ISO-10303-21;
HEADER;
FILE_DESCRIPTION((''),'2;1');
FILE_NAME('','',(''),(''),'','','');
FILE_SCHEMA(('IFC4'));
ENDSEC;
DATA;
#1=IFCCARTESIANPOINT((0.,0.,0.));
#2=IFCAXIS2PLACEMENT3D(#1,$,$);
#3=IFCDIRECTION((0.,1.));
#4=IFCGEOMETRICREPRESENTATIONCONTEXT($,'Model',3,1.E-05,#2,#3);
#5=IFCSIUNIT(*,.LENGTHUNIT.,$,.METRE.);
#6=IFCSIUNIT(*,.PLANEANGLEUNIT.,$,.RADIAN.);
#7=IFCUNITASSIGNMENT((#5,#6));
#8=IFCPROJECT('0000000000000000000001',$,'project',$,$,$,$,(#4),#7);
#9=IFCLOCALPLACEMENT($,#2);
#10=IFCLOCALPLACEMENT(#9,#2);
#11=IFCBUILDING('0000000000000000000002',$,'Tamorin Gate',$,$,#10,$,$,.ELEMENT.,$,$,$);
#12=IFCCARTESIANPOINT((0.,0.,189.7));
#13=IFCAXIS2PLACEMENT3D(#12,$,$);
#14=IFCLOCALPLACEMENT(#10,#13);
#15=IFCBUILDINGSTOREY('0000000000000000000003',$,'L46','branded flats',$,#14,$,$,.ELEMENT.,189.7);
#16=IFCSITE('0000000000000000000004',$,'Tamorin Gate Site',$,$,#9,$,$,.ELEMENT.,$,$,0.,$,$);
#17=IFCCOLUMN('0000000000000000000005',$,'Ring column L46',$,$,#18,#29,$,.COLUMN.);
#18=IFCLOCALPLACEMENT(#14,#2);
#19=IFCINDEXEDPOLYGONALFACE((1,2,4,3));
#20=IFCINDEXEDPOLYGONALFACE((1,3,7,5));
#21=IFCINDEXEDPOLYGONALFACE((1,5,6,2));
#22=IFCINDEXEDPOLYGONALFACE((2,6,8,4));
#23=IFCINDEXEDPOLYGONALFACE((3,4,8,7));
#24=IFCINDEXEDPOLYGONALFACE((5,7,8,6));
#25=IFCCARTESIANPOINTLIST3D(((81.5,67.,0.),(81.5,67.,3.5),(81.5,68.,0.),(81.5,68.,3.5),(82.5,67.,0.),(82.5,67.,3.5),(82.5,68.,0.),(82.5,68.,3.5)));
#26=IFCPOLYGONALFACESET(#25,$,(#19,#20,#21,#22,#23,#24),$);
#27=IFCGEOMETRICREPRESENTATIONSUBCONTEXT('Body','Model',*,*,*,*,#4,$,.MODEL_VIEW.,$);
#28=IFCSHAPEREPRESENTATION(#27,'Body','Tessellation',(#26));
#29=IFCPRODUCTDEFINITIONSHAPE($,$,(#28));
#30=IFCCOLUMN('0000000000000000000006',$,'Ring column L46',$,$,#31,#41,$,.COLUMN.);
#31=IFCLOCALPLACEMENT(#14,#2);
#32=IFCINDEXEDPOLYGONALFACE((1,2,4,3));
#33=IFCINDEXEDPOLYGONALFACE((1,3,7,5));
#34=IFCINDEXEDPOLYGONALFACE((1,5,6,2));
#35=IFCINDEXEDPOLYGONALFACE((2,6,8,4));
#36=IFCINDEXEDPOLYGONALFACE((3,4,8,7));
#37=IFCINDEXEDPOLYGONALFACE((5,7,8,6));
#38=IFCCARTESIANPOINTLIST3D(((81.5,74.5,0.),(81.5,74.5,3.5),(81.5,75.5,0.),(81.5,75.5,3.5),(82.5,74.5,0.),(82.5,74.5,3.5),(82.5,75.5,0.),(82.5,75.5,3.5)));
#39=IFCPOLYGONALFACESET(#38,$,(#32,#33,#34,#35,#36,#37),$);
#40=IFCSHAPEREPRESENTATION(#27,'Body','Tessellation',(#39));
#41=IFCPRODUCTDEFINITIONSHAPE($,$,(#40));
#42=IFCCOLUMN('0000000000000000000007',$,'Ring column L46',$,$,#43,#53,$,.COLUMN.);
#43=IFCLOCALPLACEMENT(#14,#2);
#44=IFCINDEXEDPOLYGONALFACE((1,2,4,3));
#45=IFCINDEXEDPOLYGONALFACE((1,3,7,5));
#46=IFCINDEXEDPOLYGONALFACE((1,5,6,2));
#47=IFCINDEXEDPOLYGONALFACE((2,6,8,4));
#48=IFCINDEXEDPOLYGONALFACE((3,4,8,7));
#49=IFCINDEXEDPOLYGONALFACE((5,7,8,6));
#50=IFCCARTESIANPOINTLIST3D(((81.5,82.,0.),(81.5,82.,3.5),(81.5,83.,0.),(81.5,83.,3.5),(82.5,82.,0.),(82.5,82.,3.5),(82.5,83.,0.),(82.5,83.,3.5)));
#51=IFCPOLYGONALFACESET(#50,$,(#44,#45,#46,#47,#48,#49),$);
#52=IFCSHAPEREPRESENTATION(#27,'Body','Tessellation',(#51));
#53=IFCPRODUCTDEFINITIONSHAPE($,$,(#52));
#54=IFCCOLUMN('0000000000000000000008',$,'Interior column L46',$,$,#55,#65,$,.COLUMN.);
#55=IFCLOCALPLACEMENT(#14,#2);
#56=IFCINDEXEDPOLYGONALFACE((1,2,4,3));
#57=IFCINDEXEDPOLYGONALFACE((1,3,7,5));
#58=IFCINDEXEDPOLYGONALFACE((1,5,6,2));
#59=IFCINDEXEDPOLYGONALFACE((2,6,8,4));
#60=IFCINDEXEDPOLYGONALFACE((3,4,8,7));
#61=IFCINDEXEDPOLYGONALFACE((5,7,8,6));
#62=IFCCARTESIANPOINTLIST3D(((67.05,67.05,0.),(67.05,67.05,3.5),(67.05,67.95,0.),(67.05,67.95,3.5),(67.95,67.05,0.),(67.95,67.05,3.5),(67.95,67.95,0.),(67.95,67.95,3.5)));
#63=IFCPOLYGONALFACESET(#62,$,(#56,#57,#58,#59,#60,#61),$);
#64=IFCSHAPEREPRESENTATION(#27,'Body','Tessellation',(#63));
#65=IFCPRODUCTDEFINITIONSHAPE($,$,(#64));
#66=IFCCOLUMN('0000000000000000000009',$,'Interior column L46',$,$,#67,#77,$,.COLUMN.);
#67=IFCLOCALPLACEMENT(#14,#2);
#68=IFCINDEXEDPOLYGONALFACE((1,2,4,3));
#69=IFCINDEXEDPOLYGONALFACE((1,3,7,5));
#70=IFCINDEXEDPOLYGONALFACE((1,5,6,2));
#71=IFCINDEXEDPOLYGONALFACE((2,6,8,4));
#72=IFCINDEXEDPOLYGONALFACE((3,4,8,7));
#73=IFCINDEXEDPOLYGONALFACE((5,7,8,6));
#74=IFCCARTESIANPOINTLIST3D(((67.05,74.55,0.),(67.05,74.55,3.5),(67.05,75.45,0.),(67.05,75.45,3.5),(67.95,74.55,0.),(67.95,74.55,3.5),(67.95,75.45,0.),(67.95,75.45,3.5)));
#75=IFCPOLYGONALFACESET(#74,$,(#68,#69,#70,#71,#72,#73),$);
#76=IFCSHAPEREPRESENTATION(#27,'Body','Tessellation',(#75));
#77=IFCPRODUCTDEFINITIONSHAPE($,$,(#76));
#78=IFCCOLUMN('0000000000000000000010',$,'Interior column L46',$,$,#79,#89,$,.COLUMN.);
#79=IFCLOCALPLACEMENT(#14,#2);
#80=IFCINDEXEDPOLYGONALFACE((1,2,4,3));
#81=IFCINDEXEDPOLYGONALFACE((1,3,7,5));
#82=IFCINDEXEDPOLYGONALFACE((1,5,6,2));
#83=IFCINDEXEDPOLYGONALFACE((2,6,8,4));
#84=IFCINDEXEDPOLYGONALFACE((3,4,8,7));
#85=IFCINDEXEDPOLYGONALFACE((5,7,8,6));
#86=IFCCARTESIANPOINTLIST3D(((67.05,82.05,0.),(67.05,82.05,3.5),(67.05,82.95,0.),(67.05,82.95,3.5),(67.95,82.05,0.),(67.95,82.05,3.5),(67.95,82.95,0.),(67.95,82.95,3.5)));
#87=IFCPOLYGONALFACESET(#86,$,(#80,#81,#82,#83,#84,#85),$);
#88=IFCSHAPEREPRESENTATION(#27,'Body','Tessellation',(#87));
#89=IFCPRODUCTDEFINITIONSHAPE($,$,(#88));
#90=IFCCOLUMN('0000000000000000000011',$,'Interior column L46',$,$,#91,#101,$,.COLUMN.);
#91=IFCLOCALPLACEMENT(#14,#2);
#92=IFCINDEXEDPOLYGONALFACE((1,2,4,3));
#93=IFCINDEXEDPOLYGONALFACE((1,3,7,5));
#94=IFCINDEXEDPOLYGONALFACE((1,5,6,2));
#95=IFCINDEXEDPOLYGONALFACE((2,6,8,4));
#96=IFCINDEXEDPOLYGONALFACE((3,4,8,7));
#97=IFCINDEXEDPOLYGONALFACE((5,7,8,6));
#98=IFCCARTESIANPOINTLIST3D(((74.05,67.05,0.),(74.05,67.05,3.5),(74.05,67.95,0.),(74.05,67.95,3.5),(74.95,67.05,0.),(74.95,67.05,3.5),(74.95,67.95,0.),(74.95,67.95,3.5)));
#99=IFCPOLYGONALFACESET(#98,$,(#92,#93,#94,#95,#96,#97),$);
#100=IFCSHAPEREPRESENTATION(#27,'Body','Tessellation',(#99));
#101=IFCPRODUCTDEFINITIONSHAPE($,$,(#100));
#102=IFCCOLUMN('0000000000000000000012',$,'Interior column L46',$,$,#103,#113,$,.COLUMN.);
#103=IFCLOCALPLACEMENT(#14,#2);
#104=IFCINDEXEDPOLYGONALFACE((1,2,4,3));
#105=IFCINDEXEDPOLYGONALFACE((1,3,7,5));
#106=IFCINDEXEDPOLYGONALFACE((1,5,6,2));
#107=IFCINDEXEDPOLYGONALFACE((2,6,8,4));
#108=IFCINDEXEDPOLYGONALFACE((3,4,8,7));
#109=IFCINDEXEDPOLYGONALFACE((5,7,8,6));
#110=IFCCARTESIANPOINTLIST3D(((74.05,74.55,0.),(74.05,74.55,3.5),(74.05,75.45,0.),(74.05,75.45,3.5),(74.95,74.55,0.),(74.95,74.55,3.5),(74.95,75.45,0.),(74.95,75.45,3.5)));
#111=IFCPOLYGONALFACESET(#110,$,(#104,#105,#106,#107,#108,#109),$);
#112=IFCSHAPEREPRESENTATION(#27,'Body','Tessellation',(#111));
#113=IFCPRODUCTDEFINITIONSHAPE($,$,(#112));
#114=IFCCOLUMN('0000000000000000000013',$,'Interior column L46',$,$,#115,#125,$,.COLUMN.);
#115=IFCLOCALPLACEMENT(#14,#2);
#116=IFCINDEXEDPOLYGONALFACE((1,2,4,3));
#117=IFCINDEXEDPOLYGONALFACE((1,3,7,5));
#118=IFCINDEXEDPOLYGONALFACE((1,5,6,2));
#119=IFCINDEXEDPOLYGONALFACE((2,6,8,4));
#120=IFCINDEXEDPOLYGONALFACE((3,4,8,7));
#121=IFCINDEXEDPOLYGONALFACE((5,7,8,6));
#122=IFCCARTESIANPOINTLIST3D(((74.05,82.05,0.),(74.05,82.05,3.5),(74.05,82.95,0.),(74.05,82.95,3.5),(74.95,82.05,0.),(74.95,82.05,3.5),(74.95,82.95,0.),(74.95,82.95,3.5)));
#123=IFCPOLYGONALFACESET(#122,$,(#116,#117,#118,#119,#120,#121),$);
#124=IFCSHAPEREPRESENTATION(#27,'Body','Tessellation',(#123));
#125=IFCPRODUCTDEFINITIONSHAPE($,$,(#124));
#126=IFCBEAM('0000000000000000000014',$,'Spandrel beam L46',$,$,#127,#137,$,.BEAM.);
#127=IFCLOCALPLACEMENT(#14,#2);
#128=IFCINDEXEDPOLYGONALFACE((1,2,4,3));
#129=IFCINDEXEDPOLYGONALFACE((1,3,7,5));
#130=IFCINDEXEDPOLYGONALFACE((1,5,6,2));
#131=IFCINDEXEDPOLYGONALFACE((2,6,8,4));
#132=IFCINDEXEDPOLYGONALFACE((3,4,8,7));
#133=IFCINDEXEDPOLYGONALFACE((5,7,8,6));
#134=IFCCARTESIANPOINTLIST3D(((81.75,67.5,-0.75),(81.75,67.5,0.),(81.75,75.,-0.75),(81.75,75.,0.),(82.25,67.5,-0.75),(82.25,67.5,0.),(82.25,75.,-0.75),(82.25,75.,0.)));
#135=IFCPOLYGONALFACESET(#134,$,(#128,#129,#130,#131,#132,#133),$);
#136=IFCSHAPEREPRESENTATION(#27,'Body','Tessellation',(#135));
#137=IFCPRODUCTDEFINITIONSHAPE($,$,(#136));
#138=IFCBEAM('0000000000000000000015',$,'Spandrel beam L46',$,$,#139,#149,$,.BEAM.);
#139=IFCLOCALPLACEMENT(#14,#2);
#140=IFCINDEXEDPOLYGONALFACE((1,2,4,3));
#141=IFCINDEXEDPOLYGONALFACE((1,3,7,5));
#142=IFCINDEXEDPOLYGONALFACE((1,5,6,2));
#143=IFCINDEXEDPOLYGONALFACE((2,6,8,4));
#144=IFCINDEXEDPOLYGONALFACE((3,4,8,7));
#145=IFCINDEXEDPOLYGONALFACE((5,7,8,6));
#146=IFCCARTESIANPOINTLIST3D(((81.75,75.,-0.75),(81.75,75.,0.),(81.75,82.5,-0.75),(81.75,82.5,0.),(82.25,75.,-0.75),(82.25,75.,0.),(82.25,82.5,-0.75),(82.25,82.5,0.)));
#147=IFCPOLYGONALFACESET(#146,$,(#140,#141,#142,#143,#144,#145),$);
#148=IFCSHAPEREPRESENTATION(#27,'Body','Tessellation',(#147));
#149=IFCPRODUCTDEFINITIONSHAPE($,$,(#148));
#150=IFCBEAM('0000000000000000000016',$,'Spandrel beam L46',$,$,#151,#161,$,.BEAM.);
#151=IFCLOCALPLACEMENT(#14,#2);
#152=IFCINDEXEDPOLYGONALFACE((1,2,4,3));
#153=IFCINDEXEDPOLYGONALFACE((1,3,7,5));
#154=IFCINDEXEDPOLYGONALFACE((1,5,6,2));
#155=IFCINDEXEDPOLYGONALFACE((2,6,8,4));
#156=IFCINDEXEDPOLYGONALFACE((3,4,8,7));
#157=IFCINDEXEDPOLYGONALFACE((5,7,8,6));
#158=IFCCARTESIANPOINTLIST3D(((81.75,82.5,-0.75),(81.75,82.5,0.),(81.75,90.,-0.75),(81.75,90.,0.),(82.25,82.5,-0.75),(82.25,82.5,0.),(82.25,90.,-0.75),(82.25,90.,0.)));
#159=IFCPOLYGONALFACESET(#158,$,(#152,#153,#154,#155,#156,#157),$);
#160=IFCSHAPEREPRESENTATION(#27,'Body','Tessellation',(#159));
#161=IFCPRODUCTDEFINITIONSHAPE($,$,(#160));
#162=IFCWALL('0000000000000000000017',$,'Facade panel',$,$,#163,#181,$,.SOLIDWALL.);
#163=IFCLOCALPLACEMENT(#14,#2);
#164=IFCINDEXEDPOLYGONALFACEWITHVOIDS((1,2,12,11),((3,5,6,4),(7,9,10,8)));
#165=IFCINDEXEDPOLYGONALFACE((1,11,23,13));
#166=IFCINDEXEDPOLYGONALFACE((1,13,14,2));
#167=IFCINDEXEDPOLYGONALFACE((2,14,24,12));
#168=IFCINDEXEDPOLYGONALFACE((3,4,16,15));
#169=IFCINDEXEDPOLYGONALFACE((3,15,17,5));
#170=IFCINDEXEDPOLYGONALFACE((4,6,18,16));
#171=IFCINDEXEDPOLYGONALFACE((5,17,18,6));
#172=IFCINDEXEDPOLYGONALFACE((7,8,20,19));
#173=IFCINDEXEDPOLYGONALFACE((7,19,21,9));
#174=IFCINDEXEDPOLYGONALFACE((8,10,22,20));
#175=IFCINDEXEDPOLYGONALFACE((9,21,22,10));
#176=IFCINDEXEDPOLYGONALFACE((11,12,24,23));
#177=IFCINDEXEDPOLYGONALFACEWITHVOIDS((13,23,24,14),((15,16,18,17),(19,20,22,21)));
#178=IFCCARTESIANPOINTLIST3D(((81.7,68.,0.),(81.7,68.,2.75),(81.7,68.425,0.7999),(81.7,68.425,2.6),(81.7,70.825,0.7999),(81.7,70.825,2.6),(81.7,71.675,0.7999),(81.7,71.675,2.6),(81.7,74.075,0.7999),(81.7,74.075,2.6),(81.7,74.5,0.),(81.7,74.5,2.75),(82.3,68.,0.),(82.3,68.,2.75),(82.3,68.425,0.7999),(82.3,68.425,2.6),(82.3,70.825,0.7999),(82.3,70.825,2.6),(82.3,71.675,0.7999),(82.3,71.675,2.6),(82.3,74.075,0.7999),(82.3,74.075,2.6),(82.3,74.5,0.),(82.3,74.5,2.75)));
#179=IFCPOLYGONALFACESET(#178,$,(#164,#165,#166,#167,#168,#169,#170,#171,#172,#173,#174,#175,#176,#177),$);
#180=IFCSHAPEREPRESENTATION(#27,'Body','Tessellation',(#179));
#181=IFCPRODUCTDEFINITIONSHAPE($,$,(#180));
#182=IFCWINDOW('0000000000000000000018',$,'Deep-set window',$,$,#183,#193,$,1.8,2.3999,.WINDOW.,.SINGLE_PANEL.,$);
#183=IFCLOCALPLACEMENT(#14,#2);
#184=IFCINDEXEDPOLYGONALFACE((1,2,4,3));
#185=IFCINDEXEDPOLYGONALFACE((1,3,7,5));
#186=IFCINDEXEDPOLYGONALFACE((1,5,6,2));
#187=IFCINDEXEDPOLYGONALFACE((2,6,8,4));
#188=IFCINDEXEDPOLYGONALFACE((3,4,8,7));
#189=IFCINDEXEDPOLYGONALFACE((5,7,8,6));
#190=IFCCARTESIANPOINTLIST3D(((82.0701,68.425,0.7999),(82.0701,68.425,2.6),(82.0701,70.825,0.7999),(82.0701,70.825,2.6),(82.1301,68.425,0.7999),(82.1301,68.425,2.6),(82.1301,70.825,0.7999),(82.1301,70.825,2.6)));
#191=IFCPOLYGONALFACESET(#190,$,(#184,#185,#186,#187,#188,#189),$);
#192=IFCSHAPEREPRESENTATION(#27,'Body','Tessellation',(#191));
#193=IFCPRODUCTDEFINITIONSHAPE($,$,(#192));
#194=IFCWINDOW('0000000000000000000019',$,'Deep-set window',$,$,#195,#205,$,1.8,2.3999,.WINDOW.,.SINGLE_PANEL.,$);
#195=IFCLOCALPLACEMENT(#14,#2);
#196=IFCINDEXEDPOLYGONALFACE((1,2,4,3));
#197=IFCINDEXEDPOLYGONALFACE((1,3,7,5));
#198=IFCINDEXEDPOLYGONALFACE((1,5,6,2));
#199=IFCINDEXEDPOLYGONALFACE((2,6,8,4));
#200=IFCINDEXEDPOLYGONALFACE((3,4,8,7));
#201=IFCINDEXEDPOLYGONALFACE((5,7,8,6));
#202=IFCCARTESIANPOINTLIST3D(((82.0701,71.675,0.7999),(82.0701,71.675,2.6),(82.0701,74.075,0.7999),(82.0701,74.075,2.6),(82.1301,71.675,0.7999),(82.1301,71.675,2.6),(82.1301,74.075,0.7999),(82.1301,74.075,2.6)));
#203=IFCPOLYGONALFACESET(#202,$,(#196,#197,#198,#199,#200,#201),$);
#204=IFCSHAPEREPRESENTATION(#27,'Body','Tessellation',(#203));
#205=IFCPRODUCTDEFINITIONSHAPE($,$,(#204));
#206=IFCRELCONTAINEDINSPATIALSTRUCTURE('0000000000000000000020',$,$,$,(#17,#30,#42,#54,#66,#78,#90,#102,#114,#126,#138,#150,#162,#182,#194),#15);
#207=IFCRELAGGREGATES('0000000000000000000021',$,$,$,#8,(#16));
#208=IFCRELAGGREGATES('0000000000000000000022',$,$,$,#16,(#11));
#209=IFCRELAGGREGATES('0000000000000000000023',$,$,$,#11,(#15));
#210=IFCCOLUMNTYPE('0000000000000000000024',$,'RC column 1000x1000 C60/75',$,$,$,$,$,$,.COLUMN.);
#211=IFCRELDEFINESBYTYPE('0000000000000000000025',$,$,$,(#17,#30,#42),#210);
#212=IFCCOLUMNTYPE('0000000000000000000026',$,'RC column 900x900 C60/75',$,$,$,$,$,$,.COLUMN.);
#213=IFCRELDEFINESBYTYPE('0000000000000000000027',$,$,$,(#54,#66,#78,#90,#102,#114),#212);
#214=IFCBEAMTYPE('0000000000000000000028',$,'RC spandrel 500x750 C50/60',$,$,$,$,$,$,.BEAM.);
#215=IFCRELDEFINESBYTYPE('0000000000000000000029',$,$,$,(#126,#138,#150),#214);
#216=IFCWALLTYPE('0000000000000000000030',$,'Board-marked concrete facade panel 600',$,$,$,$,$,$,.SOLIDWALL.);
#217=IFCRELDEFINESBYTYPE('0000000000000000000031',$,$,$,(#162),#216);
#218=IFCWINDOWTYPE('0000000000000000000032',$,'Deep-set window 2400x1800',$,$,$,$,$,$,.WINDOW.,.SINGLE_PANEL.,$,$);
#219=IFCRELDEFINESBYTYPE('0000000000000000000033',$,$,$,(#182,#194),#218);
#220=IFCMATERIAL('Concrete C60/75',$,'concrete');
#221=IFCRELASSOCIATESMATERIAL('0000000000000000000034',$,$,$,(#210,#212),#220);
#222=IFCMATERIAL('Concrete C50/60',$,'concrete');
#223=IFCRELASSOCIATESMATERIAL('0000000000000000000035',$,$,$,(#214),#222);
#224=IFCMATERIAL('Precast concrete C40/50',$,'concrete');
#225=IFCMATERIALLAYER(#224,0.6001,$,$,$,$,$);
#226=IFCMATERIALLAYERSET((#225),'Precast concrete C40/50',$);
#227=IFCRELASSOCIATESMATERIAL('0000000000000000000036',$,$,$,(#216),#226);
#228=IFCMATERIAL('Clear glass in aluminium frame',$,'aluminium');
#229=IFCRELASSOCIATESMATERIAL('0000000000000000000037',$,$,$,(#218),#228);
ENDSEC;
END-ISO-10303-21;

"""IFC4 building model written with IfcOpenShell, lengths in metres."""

from ifc_helpers import new_model, si_unit, direction, frame, frame_2d, origin, origin_2d, place, context, subcontext, project, spatial, rectangle, extrude, material, layer, layer_set, material_profile, profile_set, type_object, element, fill, save


model = new_model("IFC4")

# Units and contexts
model_context = context("Model", 3, precision=1e-05, world=origin(), true_north=direction((0.0, 1.0)))
body_context = subcontext(model_context, "Body", "Model", "MODEL_VIEW")
ifc_project = project(units=[si_unit("LENGTHUNIT", "METRE"), si_unit("PLANEANGLEUNIT", "RADIAN")], contexts=[model_context])

# Site, building, storey
site_placement = place(None, origin())
site = spatial("IfcSite", under=ifc_project, at=site_placement, Name="Tamorin Gate Site", CompositionType="ELEMENT", RefElevation=0.0)
building_placement = place(site_placement, origin())
building = spatial("IfcBuilding", under=site, at=building_placement, Name="Tamorin Gate", CompositionType="ELEMENT")
storey_placement = place(building_placement, frame((0.0, 0.0, 189.7)))
storey = spatial("IfcBuildingStorey", under=building, at=storey_placement, Name="L46", Description="branded flats", CompositionType="ELEMENT", Elevation=189.7)

# Columns
ifc_material_1 = material(Name="Concrete C60/75", Category="concrete")
ifc_material_profile_1 = material_profile(ifc_material_1, rectangle(XDim=1.0, YDim=1.0, at=origin_2d()), Name="RC 1000x1000")
ifc_profile_set_1 = profile_set([ifc_material_profile_1], Name="Concrete C60/75")
column_type_1 = type_object("IfcColumnType", Name="RC column 1000x1000 C60/75", PredefinedType="COLUMN", material=ifc_profile_set_1)
for number, where, z_axis, x_axis, name in (
    (1, (82.0, 67.5, 0.0), (0.0, 0.0, 1.0), (1.0, 0.0, 0.0), "Ring column L46"),
    (2, (82.0, 75.0, 0.0), (0.0, 0.0, 1.0), (1.0, 0.0, 0.0), "Ring column L46"),
    (3, (82.0, 82.5, 0.0), (0.0, 0.0, 1.0), (1.0, 0.0, 0.0), "Ring column L46"),
):
    element("IfcColumn", number, at=place(storey_placement, frame(where, z_axis=z_axis, x_axis=x_axis)), inside=storey, type_object=column_type_1, Name=name, PredefinedType="COLUMN", context=body_context, shape_type="SweptSolid", body=[
        extrude(rectangle(XDim=1.0, YDim=1.0, at=origin_2d()), origin(), (0.0, 0.0, 1.0), 3.5),
    ])
ifc_material_profile_2 = material_profile(ifc_material_1, rectangle(XDim=0.8999, YDim=0.8999, at=origin_2d()), Name="RC 900x900")
ifc_profile_set_2 = profile_set([ifc_material_profile_2], Name="Concrete C60/75")
column_type_2 = type_object("IfcColumnType", Name="RC column 900x900 C60/75", PredefinedType="COLUMN", material=ifc_profile_set_2)
for number, where, z_axis, x_axis, name in (
    (4, (67.5, 67.5, 0.0), (0.0, 0.0, 1.0), (1.0, 0.0, 0.0), "Interior column L46"),
    (5, (67.5, 75.0, 0.0), (0.0, 0.0, 1.0), (1.0, 0.0, 0.0), "Interior column L46"),
    (6, (67.5, 82.5, 0.0), (0.0, 0.0, 1.0), (1.0, 0.0, 0.0), "Interior column L46"),
    (7, (74.5, 67.5, 0.0), (0.0, 0.0, 1.0), (1.0, 0.0, 0.0), "Interior column L46"),
    (8, (74.5, 75.0, 0.0), (0.0, 0.0, 1.0), (1.0, 0.0, 0.0), "Interior column L46"),
    (9, (74.5, 82.5, 0.0), (0.0, 0.0, 1.0), (1.0, 0.0, 0.0), "Interior column L46"),
):
    element("IfcColumn", number, at=place(storey_placement, frame(where, z_axis=z_axis, x_axis=x_axis)), inside=storey, type_object=column_type_2, Name=name, PredefinedType="COLUMN", context=body_context, shape_type="SweptSolid", body=[
        extrude(rectangle(XDim=0.8999, YDim=0.8999, at=origin_2d()), origin(), (0.0, 0.0, 1.0), 3.5),
    ])

# Beams
ifc_material_2 = material(Name="Concrete C50/60", Category="concrete")
ifc_material_profile_3 = material_profile(ifc_material_2, rectangle(XDim=0.5, YDim=0.75, at=origin_2d()), Name="RC 500x750")
ifc_profile_set_3 = profile_set([ifc_material_profile_3], Name="Concrete C50/60")
beam_type = type_object("IfcBeamType", Name="RC spandrel 500x750 C50/60", PredefinedType="BEAM", material=ifc_profile_set_3)
for number, where, z_axis, x_axis, name in (
    (10, (82.0, 67.5, -0.375), (0.0, 1.0, 0.0), (-1.0, 0.0, 0.0), "Spandrel beam L46"),
    (11, (82.0, 75.0, -0.375), (0.0, 1.0, 0.0), (-1.0, 0.0, 0.0), "Spandrel beam L46"),
    (12, (82.0, 82.5, -0.375), (0.0, 1.0, 0.0), (-1.0, 0.0, 0.0), "Spandrel beam L46"),
):
    element("IfcBeam", number, at=place(storey_placement, frame(where, z_axis=z_axis, x_axis=x_axis)), inside=storey, type_object=beam_type, Name=name, PredefinedType="BEAM", context=body_context, shape_type="SweptSolid", body=[
        extrude(rectangle(XDim=0.5, YDim=0.75, at=origin_2d()), origin(), (0.0, 0.0, 1.0), 7.5),
    ])

# Wall, openings, windows
ifc_material_3 = material(Name="Precast concrete C40/50", Category="concrete")
ifc_layer_1 = layer(ifc_material_3, 0.6001)
ifc_layer_set_1 = layer_set([ifc_layer_1], Name="Precast concrete C40/50")
wall_type_1 = type_object("IfcWallType", Name="Board-marked concrete facade panel 600", PredefinedType="SOLIDWALL", material=ifc_layer_set_1)
wall_1_placement = place(storey_placement, frame((82.0, 68.0, 0.0), z_axis=(0.0, 0.0, 1.0), x_axis=(0.0, 1.0, 0.0)))
wall_1 = element("IfcWall", 13, at=wall_1_placement, inside=storey, type_object=wall_type_1, Name="Facade panel", PredefinedType="SOLIDWALL", context=body_context, shape_type="SweptSolid", body=[
    extrude(rectangle(XDim=6.5, YDim=0.6001, at=frame_2d((3.25, 0.0))), origin(), (0.0, 0.0, 1.0), 2.75),
])
opening_1_placement = place(wall_1_placement, frame((0.425, 0.0, 0.8)))
opening_1 = element("IfcOpeningElement", 14, at=opening_1_placement, cuts=wall_1, PredefinedType="OPENING", context=body_context, shape_type="SweptSolid", body=[
    extrude(rectangle(XDim=2.3999, YDim=1.8, at=frame_2d((1.2, 0.8999))), frame((0.0, 0.3101, 0.0), z_axis=(0.0, -1.0, 0.0), x_axis=(1.0, 0.0, 0.0)), (0.0, 0.0, 1.0), 0.6201),
])
opening_2_placement = place(wall_1_placement, frame((3.675, 0.0, 0.8)))
opening_2 = element("IfcOpeningElement", 15, at=opening_2_placement, cuts=wall_1, PredefinedType="OPENING", context=body_context, shape_type="SweptSolid", body=[
    extrude(rectangle(XDim=2.3999, YDim=1.8, at=frame_2d((1.2, 0.8999))), frame((0.0, 0.3101, 0.0), z_axis=(0.0, -1.0, 0.0), x_axis=(1.0, 0.0, 0.0)), (0.0, 0.0, 1.0), 0.6201),
])
ifc_material_4 = material(Name="Clear glass in aluminium frame", Category="aluminium")
window_type = type_object("IfcWindowType", Name="Deep-set window 2400x1800", PartitioningType="SINGLE_PANEL", PredefinedType="WINDOW", material=ifc_material_4)
window_1_placement = place(opening_1_placement, origin())
window_1 = element("IfcWindow", 16, at=window_1_placement, inside=storey, type_object=window_type, Name="Deep-set window", OverallHeight=1.8, OverallWidth=2.3999, PartitioningType="SINGLE_PANEL", PredefinedType="WINDOW", context=body_context, shape_type="SweptSolid", body=[
    extrude(rectangle(XDim=2.3999, YDim=1.8, at=frame_2d((1.2, 0.8999))), frame((0.0, -0.0701, 0.0), z_axis=(0.0, -1.0, 0.0), x_axis=(1.0, 0.0, 0.0)), (0.0, 0.0, 1.0), 0.0601),
])
fill(opening_1, window_1)
window_2_placement = place(opening_2_placement, origin())
window_2 = element("IfcWindow", 17, at=window_2_placement, inside=storey, type_object=window_type, Name="Deep-set window", OverallHeight=1.8, OverallWidth=2.3999, PartitioningType="SINGLE_PANEL", PredefinedType="WINDOW", context=body_context, shape_type="SweptSolid", body=[
    extrude(rectangle(XDim=2.3999, YDim=1.8, at=frame_2d((1.2, 0.8999))), frame((0.0, -0.0701, 0.0), z_axis=(0.0, -1.0, 0.0), x_axis=(1.0, 0.0, 0.0)), (0.0, 0.0, 1.0), 0.0601),
])
fill(opening_2, window_2)

save(model, "model.ifc")
